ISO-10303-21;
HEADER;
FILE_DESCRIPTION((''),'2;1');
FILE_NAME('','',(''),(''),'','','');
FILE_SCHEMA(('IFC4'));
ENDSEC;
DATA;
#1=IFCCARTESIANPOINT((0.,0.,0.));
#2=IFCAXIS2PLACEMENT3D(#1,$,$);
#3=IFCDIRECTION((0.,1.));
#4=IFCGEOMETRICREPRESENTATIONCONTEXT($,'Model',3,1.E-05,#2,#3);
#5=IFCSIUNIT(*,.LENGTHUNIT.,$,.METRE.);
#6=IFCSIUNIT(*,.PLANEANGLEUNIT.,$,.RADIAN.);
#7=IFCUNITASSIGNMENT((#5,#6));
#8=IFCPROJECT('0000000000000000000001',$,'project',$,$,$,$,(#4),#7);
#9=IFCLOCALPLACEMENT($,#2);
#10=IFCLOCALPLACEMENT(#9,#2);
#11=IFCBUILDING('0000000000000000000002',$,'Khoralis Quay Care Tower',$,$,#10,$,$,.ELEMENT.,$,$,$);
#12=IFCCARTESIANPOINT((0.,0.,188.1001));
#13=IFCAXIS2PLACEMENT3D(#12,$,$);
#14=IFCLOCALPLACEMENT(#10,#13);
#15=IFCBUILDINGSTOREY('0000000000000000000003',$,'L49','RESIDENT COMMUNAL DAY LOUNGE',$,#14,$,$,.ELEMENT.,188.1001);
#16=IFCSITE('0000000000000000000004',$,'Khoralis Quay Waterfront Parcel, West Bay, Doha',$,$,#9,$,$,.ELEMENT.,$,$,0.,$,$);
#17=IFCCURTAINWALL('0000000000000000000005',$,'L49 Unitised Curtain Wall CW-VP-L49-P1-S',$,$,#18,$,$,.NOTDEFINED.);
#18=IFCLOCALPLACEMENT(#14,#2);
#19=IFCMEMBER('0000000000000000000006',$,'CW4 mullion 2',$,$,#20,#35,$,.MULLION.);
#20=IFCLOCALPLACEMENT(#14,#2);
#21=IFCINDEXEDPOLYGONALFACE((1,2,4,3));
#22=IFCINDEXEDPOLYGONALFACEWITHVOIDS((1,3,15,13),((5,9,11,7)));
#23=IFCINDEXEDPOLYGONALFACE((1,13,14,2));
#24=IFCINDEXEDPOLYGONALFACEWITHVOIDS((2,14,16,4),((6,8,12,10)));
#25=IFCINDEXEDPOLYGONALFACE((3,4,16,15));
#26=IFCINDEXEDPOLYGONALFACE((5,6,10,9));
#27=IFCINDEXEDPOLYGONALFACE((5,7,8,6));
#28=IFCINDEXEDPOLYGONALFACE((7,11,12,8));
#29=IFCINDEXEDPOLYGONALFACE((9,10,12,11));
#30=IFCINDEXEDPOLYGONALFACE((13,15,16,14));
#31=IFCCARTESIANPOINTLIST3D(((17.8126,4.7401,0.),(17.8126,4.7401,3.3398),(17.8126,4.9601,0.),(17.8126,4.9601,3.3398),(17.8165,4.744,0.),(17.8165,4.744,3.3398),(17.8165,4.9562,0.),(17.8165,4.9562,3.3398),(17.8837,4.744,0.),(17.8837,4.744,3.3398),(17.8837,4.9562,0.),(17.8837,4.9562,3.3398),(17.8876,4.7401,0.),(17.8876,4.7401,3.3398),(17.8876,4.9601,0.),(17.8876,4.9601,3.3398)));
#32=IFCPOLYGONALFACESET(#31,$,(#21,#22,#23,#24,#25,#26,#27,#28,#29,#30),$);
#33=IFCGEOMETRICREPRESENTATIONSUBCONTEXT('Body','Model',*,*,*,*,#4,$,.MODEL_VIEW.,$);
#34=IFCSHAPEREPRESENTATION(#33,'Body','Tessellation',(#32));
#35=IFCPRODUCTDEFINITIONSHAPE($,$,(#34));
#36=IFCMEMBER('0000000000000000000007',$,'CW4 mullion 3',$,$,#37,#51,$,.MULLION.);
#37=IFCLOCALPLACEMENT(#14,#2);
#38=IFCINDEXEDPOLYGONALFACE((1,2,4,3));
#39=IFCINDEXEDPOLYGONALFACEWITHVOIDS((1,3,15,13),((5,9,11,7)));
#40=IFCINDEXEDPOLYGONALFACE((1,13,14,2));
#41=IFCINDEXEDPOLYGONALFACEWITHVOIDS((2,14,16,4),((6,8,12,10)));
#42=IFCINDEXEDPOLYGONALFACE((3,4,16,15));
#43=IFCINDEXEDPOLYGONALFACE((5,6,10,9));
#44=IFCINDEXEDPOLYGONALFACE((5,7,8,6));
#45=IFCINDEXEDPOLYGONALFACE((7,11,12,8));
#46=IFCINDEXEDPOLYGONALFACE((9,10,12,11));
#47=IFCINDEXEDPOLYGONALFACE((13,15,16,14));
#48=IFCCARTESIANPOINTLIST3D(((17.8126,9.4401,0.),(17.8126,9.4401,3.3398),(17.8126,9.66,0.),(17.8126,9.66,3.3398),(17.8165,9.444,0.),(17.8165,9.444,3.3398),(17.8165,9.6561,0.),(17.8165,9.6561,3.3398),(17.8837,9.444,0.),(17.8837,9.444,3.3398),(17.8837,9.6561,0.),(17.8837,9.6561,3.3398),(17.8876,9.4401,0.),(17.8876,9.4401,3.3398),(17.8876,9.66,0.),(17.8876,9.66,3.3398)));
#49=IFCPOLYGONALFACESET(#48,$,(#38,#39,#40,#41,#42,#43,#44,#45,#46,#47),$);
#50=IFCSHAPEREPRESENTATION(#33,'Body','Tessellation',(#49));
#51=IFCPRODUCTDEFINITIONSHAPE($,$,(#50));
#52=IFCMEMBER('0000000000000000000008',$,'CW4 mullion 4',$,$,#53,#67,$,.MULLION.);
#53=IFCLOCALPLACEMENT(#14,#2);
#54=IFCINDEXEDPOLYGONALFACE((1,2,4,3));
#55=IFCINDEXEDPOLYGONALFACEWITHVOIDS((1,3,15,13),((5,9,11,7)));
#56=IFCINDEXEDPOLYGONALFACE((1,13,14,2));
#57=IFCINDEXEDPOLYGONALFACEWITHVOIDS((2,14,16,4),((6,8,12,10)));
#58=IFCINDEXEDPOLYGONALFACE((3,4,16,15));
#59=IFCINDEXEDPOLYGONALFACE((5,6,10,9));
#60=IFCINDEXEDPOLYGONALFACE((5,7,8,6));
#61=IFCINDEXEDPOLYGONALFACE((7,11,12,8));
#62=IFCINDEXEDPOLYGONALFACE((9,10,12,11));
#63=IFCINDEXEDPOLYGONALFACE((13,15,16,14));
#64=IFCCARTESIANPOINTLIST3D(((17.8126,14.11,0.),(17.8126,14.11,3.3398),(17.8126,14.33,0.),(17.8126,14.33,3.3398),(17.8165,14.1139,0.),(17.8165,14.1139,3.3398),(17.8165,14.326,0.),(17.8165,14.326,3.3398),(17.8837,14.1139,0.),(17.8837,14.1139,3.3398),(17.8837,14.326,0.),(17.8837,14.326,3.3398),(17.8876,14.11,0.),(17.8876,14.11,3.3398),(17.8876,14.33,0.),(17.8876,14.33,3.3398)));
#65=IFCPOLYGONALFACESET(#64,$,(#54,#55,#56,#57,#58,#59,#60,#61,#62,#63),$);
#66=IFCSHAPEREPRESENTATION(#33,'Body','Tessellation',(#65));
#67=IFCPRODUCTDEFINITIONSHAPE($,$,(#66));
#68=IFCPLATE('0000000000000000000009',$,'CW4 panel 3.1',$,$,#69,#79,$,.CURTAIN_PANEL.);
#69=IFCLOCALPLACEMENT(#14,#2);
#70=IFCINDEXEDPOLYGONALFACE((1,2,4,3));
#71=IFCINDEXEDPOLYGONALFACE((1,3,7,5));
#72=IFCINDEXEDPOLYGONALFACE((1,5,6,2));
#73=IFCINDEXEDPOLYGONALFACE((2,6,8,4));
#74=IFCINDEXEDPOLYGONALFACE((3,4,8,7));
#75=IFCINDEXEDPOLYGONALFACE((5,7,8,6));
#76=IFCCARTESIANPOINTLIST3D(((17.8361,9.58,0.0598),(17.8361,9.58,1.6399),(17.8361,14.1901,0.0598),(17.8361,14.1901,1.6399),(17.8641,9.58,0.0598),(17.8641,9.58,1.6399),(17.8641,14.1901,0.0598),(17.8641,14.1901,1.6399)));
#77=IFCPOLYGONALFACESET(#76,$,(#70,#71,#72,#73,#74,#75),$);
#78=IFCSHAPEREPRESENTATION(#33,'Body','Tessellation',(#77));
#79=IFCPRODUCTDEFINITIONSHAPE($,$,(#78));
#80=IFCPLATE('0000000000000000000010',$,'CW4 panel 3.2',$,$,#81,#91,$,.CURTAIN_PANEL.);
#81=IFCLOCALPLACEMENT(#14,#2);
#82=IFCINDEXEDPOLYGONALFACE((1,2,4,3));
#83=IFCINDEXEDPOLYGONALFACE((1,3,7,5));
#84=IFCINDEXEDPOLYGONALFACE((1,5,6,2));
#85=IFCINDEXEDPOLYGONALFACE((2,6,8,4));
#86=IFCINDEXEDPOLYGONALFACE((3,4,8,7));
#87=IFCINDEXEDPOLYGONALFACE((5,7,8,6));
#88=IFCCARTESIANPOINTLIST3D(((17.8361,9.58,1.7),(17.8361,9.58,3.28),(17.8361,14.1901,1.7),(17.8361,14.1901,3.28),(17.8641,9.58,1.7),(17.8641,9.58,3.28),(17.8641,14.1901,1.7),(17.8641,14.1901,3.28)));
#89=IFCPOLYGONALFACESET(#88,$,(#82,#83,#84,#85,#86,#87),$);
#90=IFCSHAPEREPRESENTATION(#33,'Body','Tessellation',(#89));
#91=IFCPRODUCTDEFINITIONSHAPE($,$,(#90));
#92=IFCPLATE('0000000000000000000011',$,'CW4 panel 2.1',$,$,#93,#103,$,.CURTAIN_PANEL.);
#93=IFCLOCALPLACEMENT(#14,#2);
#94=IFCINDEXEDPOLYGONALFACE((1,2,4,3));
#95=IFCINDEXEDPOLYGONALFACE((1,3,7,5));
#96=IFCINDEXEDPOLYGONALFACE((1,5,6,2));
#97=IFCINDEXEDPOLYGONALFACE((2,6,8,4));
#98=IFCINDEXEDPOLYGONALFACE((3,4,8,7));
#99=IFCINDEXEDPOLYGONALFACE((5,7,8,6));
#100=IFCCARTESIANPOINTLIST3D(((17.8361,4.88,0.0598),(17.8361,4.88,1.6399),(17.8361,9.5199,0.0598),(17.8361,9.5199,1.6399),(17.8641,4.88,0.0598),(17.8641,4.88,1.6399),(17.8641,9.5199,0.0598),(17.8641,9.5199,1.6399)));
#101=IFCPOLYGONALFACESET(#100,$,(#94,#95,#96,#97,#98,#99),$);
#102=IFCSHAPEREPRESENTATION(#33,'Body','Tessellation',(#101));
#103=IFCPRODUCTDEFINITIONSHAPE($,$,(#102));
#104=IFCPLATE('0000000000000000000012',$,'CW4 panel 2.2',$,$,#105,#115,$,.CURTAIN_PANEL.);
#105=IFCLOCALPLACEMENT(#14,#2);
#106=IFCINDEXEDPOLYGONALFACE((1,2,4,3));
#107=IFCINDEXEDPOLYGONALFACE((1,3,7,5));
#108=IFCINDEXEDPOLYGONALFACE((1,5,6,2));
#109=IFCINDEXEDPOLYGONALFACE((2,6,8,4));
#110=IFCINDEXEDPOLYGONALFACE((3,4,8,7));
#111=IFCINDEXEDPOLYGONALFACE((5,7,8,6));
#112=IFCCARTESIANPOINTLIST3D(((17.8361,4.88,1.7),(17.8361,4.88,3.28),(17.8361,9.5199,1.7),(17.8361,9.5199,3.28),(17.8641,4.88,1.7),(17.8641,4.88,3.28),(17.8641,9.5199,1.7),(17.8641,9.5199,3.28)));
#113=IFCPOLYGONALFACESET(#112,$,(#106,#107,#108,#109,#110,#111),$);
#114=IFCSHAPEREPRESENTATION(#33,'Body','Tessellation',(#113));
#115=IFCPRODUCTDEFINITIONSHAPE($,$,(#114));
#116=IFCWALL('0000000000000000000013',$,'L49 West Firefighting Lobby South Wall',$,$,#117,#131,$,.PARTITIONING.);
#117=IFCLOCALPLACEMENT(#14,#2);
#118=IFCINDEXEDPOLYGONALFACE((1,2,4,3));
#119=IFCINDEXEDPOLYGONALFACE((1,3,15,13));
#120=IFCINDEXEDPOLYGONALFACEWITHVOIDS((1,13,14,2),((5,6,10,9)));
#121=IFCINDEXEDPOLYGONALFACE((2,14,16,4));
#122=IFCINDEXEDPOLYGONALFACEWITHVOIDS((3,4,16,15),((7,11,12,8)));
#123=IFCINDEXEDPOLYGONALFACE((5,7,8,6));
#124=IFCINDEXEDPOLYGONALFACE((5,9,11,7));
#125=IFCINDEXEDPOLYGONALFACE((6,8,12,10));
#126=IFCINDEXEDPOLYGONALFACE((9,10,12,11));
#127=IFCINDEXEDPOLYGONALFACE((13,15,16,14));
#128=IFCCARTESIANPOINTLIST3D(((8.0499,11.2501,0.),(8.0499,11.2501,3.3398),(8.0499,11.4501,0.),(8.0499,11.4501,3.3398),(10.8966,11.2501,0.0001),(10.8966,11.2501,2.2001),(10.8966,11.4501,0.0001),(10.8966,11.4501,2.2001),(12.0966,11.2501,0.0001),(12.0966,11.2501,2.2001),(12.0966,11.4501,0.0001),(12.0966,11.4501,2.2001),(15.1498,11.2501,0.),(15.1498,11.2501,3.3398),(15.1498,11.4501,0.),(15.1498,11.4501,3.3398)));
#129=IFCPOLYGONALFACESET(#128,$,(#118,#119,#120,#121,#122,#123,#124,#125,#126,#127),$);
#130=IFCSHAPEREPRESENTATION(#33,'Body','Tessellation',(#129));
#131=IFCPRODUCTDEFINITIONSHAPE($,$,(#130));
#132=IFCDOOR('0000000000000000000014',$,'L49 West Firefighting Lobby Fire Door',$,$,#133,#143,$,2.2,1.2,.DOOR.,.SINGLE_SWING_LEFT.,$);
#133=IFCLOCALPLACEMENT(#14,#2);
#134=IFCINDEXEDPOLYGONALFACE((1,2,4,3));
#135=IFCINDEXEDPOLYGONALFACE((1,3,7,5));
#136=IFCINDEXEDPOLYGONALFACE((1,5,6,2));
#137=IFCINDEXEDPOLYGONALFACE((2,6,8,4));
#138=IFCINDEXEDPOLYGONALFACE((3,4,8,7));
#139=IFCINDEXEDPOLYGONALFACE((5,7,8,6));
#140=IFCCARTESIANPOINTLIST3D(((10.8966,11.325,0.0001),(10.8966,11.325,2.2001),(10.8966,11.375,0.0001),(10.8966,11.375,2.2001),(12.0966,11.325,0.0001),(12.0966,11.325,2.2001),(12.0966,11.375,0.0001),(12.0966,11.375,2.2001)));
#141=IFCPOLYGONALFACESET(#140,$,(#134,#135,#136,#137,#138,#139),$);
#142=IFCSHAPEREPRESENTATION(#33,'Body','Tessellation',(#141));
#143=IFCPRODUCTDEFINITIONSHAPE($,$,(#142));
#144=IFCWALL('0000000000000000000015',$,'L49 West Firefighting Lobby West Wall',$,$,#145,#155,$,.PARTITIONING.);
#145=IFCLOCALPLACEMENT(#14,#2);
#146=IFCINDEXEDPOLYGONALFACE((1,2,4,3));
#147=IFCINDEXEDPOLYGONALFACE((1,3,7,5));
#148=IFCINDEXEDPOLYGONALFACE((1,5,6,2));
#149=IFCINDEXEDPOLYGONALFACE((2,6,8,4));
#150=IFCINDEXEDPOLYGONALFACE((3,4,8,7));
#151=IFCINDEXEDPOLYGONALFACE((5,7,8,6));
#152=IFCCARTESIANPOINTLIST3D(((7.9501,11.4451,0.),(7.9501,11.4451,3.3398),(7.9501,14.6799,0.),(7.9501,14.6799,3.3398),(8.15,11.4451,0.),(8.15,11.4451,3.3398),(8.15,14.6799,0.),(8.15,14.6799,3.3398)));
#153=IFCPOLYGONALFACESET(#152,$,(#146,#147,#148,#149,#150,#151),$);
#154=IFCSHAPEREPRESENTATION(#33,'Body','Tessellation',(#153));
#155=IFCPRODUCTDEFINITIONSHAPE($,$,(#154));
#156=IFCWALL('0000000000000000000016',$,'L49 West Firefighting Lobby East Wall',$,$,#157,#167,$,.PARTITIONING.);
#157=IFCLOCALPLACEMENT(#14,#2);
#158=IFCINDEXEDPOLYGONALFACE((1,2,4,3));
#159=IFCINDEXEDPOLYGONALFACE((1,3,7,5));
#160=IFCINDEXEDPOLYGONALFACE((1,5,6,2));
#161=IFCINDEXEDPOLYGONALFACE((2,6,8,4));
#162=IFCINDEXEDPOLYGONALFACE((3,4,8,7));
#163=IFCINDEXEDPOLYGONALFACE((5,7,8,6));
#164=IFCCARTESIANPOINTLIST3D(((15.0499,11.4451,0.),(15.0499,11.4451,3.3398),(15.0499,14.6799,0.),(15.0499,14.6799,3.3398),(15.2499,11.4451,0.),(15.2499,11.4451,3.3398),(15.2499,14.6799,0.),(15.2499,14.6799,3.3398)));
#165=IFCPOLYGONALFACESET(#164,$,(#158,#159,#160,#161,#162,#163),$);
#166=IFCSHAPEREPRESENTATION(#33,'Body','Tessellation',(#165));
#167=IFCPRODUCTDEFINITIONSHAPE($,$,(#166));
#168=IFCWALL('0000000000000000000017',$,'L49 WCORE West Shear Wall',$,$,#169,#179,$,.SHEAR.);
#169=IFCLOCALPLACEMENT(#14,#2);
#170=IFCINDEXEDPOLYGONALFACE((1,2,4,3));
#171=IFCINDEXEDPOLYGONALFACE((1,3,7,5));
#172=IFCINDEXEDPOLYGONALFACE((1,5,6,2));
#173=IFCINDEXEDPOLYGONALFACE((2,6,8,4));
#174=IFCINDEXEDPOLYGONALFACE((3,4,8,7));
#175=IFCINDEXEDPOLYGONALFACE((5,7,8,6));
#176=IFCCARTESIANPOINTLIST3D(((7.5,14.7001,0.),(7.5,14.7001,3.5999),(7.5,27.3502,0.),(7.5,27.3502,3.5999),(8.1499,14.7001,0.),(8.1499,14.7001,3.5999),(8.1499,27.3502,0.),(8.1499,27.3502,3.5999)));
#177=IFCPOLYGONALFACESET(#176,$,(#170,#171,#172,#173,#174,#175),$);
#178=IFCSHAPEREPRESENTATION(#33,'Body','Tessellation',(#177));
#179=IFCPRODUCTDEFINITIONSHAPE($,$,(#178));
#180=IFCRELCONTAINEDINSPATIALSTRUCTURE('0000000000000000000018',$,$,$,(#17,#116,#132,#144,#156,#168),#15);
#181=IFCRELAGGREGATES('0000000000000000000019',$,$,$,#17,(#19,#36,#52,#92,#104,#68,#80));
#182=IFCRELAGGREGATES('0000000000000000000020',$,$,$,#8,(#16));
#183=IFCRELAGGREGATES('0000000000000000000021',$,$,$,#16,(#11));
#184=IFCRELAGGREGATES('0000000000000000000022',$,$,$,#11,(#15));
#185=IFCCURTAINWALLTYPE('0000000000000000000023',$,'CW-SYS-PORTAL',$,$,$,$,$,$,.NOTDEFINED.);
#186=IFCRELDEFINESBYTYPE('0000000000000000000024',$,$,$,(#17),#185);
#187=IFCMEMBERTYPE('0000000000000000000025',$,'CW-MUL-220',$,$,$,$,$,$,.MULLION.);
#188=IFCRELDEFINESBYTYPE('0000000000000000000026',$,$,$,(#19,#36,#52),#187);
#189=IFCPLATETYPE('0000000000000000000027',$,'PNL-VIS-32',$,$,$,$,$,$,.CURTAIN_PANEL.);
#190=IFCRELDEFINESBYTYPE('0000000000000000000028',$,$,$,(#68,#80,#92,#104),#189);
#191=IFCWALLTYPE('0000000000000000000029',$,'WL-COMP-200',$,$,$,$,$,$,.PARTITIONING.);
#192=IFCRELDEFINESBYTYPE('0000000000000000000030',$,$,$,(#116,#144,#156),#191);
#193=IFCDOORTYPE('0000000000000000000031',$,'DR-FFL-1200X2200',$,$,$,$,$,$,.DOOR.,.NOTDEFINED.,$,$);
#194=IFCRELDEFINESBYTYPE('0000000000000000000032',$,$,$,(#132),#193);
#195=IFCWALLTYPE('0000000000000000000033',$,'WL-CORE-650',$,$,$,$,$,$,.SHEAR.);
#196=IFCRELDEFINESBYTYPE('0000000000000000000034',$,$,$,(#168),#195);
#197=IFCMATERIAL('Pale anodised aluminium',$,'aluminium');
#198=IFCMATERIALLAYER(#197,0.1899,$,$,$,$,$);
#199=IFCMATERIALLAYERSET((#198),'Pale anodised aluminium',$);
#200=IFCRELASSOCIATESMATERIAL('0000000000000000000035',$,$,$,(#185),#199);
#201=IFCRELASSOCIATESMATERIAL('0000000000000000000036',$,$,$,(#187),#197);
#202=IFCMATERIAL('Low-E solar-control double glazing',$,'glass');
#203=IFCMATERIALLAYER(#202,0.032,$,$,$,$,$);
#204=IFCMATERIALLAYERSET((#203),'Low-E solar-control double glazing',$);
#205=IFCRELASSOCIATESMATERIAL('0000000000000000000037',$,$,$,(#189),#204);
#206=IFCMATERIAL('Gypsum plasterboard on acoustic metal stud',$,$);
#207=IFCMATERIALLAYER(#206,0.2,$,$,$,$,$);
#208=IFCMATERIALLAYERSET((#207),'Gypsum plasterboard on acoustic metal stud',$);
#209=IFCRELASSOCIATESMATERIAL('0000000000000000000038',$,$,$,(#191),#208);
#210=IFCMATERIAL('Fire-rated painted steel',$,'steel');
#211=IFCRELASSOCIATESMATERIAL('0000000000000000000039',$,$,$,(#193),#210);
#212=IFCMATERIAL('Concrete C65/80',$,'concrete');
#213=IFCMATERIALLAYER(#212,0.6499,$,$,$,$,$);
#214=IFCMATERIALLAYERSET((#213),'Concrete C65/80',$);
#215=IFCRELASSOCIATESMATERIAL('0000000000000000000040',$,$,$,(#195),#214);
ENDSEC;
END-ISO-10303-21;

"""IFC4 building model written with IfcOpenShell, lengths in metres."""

from ifc_helpers import new_model, si_unit, direction, frame, frame_2d, origin, origin_2d, place, context, subcontext, project, spatial, rectangle, hollow_rectangle, extrude, source, transform, mapped, material, layer, layer_set, material_profile, profile_set, type_object, element, fill, aggregate, save


model = new_model("IFC4")

# Units and contexts
model_context = context("Model", 3, precision=1e-05, world=origin(), true_north=direction((0.0, 1.0)))
body_context = subcontext(model_context, "Body", "Model", "MODEL_VIEW")
ifc_project = project(units=[si_unit("LENGTHUNIT", "METRE"), si_unit("PLANEANGLEUNIT", "RADIAN")], contexts=[model_context])

# Site, building, storey
site_placement = place(None, origin())
site = spatial("IfcSite", under=ifc_project, at=site_placement, Name="Khoralis Quay Waterfront Parcel, West Bay, Doha", CompositionType="ELEMENT", RefElevation=0.0)
building_placement = place(site_placement, origin())
building = spatial("IfcBuilding", under=site, at=building_placement, Name="Khoralis Quay Care Tower", CompositionType="ELEMENT")
storey_placement = place(building_placement, frame((0.0, 0.0, 188.1001)))
storey = spatial("IfcBuildingStorey", under=building, at=storey_placement, Name="L49", Description="RESIDENT COMMUNAL DAY LOUNGE", CompositionType="ELEMENT", Elevation=188.1001)

# Curtain wall, members, plates
ifc_material_1 = material(Name="Pale anodised aluminium", Category="aluminium")
ifc_layer_1 = layer(ifc_material_1, 0.1899)
ifc_layer_set_1 = layer_set([ifc_layer_1], Name="Pale anodised aluminium")
curtain_wall_type = type_object("IfcCurtainWallType", Name="CW-SYS-PORTAL", PredefinedType="NOTDEFINED", material=ifc_layer_set_1)
curtain_wall_placement = place(storey_placement, origin())
curtain_wall = element("IfcCurtainWall", 1, at=curtain_wall_placement, inside=storey, type_object=curtain_wall_type, Name="L49 Unitised Curtain Wall CW-VP-L49-P1-S", PredefinedType="NOTDEFINED")
ifc_material_profile_1 = material_profile(ifc_material_1, hollow_rectangle(XDim=0.075, YDim=0.22, WallThickness=0.0039, at=origin_2d()), Name="Pale anodised aluminium")
ifc_profile_set_1 = profile_set([ifc_material_profile_1], Name="Pale anodised aluminium")
member_type_1 = type_object("IfcMemberType", Name="CW-MUL-220", PredefinedType="MULLION", material=ifc_profile_set_1)
shared_shape_1 = source(origin(), body_context, "Body", "SweptSolid", [
    extrude(hollow_rectangle(XDim=0.075, YDim=0.22, WallThickness=0.0039, at=origin_2d()), origin(), (0.0, 0.0, 1.0), 3.3398),
])
member_1_placement = place(storey_placement, frame((17.8501, 4.8501, 0.0), z_axis=(0.0, 0.0, 1.0), x_axis=(-1.0, 0.0, 0.0)))
member_1 = element("IfcMember", 2, at=member_1_placement, type_object=member_type_1, Name="CW4 mullion 2", PredefinedType="MULLION", context=body_context, shape_type="MappedRepresentation", body=[
    mapped(shared_shape_1, transform((0.0, 0.0, 0.0), scale=1.0)),
])
member_2_placement = place(storey_placement, frame((17.8501, 9.55, 0.0), z_axis=(0.0, 0.0, 1.0), x_axis=(-1.0, 0.0, 0.0)))
member_2 = element("IfcMember", 3, at=member_2_placement, type_object=member_type_1, Name="CW4 mullion 3", PredefinedType="MULLION", context=body_context, shape_type="MappedRepresentation", body=[
    mapped(shared_shape_1, transform((0.0, 0.0, 0.0), scale=1.0)),
])
member_3_placement = place(storey_placement, frame((17.8501, 14.22, 0.0), z_axis=(0.0, 0.0, 1.0), x_axis=(-1.0, 0.0, 0.0)))
member_3 = element("IfcMember", 4, at=member_3_placement, type_object=member_type_1, Name="CW4 mullion 4", PredefinedType="MULLION", context=body_context, shape_type="MappedRepresentation", body=[
    mapped(shared_shape_1, transform((0.0, 0.0, 0.0), scale=1.0)),
])
ifc_material_2 = material(Name="Low-E solar-control double glazing", Category="glass")
ifc_layer_2 = layer(ifc_material_2, 0.032)
ifc_layer_set_2 = layer_set([ifc_layer_2], Name="Low-E solar-control double glazing")
plate_type = type_object("IfcPlateType", Name="PNL-VIS-32", PredefinedType="CURTAIN_PANEL", material=ifc_layer_set_2)
shared_shape_2 = source(origin(), body_context, "Body", "SweptSolid", [
    extrude(rectangle(XDim=4.6101, YDim=0.0281, at=origin_2d()), origin(), (0.0, 0.0, 1.0), 1.5801),
])
plate_1_placement = place(storey_placement, frame((17.8501, 11.885, 0.0598), z_axis=(0.0, 0.0, 1.0), x_axis=(0.0, 1.0, 0.0)))
plate_1 = element("IfcPlate", 5, at=plate_1_placement, type_object=plate_type, Name="CW4 panel 3.1", PredefinedType="CURTAIN_PANEL", context=body_context, shape_type="MappedRepresentation", body=[
    mapped(shared_shape_2, transform((0.0, 0.0, 0.0), scale=1.0)),
])
plate_2_placement = place(storey_placement, frame((17.8501, 11.885, 1.7), z_axis=(0.0, 0.0, 1.0), x_axis=(0.0, 1.0, 0.0)))
plate_2 = element("IfcPlate", 6, at=plate_2_placement, type_object=plate_type, Name="CW4 panel 3.2", PredefinedType="CURTAIN_PANEL", context=body_context, shape_type="MappedRepresentation", body=[
    mapped(shared_shape_2, transform((0.0, 0.0, 0.0), scale=1.0)),
])
shared_shape_3 = source(origin(), body_context, "Body", "SweptSolid", [
    extrude(rectangle(XDim=4.6399, YDim=0.0281, at=origin_2d()), origin(), (0.0, 0.0, 1.0), 1.5801),
])
plate_3_placement = place(storey_placement, frame((17.8501, 7.2, 0.0598), z_axis=(0.0, 0.0, 1.0), x_axis=(0.0, 1.0, 0.0)))
plate_3 = element("IfcPlate", 7, at=plate_3_placement, type_object=plate_type, Name="CW4 panel 2.1", PredefinedType="CURTAIN_PANEL", context=body_context, shape_type="MappedRepresentation", body=[
    mapped(shared_shape_3, transform((0.0, 0.0, 0.0), scale=1.0)),
])
plate_4_placement = place(storey_placement, frame((17.8501, 7.2, 1.7), z_axis=(0.0, 0.0, 1.0), x_axis=(0.0, 1.0, 0.0)))
plate_4 = element("IfcPlate", 8, at=plate_4_placement, type_object=plate_type, Name="CW4 panel 2.2", PredefinedType="CURTAIN_PANEL", context=body_context, shape_type="MappedRepresentation", body=[
    mapped(shared_shape_3, transform((0.0, 0.0, 0.0), scale=1.0)),
])
aggregate(curtain_wall, [member_1, member_2, member_3, plate_3, plate_4, plate_1, plate_2])

# Wall, opening, door
ifc_material_3 = material(Name="Gypsum plasterboard on acoustic metal stud")
ifc_layer_3 = layer(ifc_material_3, 0.2)
ifc_layer_set_3 = layer_set([ifc_layer_3], Name="Gypsum plasterboard on acoustic metal stud")
wall_type_1 = type_object("IfcWallType", Name="WL-COMP-200", PredefinedType="PARTITIONING", material=ifc_layer_set_3)
wall_1_placement = place(storey_placement, frame((8.05, 11.3501, 0.0), z_axis=(0.0, 0.0, 1.0), x_axis=(1.0, 0.0, 0.0)))
wall_1 = element("IfcWall", 9, at=wall_1_placement, inside=storey, type_object=wall_type_1, Name="L49 West Firefighting Lobby South Wall", PredefinedType="PARTITIONING", context=body_context, shape_type="SweptSolid", body=[
    extrude(rectangle(XDim=7.0999, YDim=0.2, at=frame_2d((3.5498, 0.0))), origin(), (0.0, 0.0, 1.0), 3.3398),
])
opening_1_placement = place(wall_1_placement, frame((2.8464, 0.0, 0.0)))
opening_1 = element("IfcOpeningElement", 10, at=opening_1_placement, cuts=wall_1, PredefinedType="OPENING", context=body_context, shape_type="SweptSolid", body=[
    extrude(rectangle(XDim=1.2, YDim=2.2, at=frame_2d((0.6001, 1.1001))), frame((0.0, 0.1099, 0.0), z_axis=(0.0, -1.0, 0.0), x_axis=(1.0, 0.0, 0.0)), (0.0, 0.0, 1.0), 0.22),
])
ifc_material_4 = material(Name="Fire-rated painted steel", Category="steel")
door_type_1 = type_object("IfcDoorType", Name="DR-FFL-1200X2200", OperationType="NOTDEFINED", PredefinedType="DOOR", material=ifc_material_4)
shared_shape_4 = source(origin(), body_context, "Body", "SweptSolid", [
    extrude(rectangle(XDim=1.2, YDim=2.2, at=frame_2d((0.6001, 1.1001))), frame((0.0, 0.0249, 0.0), z_axis=(0.0, -1.0, 0.0), x_axis=(1.0, 0.0, 0.0)), (0.0, 0.0, 1.0), 0.05),
])
door_1_placement = place(opening_1_placement, origin())
door_1 = element("IfcDoor", 11, at=door_1_placement, inside=storey, type_object=door_type_1, Name="L49 West Firefighting Lobby Fire Door", OperationType="SINGLE_SWING_LEFT", OverallHeight=2.2, OverallWidth=1.2, PredefinedType="DOOR", context=body_context, shape_type="MappedRepresentation", body=[
    mapped(shared_shape_4, transform((0.0, 0.0, 0.0), scale=1.0)),
])
fill(opening_1, door_1)

# Walls
for number, where, z_axis, x_axis, name in (
    (12, (8.05, 11.4451, 0.0), (0.0, 0.0, 1.0), (0.0, 1.0, 0.0), "L49 West Firefighting Lobby West Wall"),
    (13, (15.1499, 11.4451, 0.0), (0.0, 0.0, 1.0), (0.0, 1.0, 0.0), "L49 West Firefighting Lobby East Wall"),
):
    element("IfcWall", number, at=place(storey_placement, frame(where, z_axis=z_axis, x_axis=x_axis)), inside=storey, type_object=wall_type_1, Name=name, PredefinedType="PARTITIONING", context=body_context, shape_type="SweptSolid", body=[
        extrude(rectangle(XDim=3.2349, YDim=0.2, at=frame_2d((1.6174, 0.0))), origin(), (0.0, 0.0, 1.0), 3.3398),
    ])
ifc_material_5 = material(Name="Concrete C65/80", Category="concrete")
ifc_layer_4 = layer(ifc_material_5, 0.6499)
ifc_layer_set_4 = layer_set([ifc_layer_4], Name="Concrete C65/80")
wall_type_2 = type_object("IfcWallType", Name="WL-CORE-650", PredefinedType="SHEAR", material=ifc_layer_set_4)
wall_2_placement = place(storey_placement, frame((7.825, 14.7, 0.0), z_axis=(0.0, 0.0, 1.0), x_axis=(0.0, 1.0, 0.0)))
element("IfcWall", 14, at=wall_2_placement, inside=storey, type_object=wall_type_2, Name="L49 WCORE West Shear Wall", PredefinedType="SHEAR", context=body_context, shape_type="SweptSolid", body=[
    extrude(rectangle(XDim=12.6501, YDim=0.6499, at=frame_2d((6.3252, 0.0))), origin(), (0.0, 0.0, 1.0), 3.5999),
])

save(model, "model.ifc")
